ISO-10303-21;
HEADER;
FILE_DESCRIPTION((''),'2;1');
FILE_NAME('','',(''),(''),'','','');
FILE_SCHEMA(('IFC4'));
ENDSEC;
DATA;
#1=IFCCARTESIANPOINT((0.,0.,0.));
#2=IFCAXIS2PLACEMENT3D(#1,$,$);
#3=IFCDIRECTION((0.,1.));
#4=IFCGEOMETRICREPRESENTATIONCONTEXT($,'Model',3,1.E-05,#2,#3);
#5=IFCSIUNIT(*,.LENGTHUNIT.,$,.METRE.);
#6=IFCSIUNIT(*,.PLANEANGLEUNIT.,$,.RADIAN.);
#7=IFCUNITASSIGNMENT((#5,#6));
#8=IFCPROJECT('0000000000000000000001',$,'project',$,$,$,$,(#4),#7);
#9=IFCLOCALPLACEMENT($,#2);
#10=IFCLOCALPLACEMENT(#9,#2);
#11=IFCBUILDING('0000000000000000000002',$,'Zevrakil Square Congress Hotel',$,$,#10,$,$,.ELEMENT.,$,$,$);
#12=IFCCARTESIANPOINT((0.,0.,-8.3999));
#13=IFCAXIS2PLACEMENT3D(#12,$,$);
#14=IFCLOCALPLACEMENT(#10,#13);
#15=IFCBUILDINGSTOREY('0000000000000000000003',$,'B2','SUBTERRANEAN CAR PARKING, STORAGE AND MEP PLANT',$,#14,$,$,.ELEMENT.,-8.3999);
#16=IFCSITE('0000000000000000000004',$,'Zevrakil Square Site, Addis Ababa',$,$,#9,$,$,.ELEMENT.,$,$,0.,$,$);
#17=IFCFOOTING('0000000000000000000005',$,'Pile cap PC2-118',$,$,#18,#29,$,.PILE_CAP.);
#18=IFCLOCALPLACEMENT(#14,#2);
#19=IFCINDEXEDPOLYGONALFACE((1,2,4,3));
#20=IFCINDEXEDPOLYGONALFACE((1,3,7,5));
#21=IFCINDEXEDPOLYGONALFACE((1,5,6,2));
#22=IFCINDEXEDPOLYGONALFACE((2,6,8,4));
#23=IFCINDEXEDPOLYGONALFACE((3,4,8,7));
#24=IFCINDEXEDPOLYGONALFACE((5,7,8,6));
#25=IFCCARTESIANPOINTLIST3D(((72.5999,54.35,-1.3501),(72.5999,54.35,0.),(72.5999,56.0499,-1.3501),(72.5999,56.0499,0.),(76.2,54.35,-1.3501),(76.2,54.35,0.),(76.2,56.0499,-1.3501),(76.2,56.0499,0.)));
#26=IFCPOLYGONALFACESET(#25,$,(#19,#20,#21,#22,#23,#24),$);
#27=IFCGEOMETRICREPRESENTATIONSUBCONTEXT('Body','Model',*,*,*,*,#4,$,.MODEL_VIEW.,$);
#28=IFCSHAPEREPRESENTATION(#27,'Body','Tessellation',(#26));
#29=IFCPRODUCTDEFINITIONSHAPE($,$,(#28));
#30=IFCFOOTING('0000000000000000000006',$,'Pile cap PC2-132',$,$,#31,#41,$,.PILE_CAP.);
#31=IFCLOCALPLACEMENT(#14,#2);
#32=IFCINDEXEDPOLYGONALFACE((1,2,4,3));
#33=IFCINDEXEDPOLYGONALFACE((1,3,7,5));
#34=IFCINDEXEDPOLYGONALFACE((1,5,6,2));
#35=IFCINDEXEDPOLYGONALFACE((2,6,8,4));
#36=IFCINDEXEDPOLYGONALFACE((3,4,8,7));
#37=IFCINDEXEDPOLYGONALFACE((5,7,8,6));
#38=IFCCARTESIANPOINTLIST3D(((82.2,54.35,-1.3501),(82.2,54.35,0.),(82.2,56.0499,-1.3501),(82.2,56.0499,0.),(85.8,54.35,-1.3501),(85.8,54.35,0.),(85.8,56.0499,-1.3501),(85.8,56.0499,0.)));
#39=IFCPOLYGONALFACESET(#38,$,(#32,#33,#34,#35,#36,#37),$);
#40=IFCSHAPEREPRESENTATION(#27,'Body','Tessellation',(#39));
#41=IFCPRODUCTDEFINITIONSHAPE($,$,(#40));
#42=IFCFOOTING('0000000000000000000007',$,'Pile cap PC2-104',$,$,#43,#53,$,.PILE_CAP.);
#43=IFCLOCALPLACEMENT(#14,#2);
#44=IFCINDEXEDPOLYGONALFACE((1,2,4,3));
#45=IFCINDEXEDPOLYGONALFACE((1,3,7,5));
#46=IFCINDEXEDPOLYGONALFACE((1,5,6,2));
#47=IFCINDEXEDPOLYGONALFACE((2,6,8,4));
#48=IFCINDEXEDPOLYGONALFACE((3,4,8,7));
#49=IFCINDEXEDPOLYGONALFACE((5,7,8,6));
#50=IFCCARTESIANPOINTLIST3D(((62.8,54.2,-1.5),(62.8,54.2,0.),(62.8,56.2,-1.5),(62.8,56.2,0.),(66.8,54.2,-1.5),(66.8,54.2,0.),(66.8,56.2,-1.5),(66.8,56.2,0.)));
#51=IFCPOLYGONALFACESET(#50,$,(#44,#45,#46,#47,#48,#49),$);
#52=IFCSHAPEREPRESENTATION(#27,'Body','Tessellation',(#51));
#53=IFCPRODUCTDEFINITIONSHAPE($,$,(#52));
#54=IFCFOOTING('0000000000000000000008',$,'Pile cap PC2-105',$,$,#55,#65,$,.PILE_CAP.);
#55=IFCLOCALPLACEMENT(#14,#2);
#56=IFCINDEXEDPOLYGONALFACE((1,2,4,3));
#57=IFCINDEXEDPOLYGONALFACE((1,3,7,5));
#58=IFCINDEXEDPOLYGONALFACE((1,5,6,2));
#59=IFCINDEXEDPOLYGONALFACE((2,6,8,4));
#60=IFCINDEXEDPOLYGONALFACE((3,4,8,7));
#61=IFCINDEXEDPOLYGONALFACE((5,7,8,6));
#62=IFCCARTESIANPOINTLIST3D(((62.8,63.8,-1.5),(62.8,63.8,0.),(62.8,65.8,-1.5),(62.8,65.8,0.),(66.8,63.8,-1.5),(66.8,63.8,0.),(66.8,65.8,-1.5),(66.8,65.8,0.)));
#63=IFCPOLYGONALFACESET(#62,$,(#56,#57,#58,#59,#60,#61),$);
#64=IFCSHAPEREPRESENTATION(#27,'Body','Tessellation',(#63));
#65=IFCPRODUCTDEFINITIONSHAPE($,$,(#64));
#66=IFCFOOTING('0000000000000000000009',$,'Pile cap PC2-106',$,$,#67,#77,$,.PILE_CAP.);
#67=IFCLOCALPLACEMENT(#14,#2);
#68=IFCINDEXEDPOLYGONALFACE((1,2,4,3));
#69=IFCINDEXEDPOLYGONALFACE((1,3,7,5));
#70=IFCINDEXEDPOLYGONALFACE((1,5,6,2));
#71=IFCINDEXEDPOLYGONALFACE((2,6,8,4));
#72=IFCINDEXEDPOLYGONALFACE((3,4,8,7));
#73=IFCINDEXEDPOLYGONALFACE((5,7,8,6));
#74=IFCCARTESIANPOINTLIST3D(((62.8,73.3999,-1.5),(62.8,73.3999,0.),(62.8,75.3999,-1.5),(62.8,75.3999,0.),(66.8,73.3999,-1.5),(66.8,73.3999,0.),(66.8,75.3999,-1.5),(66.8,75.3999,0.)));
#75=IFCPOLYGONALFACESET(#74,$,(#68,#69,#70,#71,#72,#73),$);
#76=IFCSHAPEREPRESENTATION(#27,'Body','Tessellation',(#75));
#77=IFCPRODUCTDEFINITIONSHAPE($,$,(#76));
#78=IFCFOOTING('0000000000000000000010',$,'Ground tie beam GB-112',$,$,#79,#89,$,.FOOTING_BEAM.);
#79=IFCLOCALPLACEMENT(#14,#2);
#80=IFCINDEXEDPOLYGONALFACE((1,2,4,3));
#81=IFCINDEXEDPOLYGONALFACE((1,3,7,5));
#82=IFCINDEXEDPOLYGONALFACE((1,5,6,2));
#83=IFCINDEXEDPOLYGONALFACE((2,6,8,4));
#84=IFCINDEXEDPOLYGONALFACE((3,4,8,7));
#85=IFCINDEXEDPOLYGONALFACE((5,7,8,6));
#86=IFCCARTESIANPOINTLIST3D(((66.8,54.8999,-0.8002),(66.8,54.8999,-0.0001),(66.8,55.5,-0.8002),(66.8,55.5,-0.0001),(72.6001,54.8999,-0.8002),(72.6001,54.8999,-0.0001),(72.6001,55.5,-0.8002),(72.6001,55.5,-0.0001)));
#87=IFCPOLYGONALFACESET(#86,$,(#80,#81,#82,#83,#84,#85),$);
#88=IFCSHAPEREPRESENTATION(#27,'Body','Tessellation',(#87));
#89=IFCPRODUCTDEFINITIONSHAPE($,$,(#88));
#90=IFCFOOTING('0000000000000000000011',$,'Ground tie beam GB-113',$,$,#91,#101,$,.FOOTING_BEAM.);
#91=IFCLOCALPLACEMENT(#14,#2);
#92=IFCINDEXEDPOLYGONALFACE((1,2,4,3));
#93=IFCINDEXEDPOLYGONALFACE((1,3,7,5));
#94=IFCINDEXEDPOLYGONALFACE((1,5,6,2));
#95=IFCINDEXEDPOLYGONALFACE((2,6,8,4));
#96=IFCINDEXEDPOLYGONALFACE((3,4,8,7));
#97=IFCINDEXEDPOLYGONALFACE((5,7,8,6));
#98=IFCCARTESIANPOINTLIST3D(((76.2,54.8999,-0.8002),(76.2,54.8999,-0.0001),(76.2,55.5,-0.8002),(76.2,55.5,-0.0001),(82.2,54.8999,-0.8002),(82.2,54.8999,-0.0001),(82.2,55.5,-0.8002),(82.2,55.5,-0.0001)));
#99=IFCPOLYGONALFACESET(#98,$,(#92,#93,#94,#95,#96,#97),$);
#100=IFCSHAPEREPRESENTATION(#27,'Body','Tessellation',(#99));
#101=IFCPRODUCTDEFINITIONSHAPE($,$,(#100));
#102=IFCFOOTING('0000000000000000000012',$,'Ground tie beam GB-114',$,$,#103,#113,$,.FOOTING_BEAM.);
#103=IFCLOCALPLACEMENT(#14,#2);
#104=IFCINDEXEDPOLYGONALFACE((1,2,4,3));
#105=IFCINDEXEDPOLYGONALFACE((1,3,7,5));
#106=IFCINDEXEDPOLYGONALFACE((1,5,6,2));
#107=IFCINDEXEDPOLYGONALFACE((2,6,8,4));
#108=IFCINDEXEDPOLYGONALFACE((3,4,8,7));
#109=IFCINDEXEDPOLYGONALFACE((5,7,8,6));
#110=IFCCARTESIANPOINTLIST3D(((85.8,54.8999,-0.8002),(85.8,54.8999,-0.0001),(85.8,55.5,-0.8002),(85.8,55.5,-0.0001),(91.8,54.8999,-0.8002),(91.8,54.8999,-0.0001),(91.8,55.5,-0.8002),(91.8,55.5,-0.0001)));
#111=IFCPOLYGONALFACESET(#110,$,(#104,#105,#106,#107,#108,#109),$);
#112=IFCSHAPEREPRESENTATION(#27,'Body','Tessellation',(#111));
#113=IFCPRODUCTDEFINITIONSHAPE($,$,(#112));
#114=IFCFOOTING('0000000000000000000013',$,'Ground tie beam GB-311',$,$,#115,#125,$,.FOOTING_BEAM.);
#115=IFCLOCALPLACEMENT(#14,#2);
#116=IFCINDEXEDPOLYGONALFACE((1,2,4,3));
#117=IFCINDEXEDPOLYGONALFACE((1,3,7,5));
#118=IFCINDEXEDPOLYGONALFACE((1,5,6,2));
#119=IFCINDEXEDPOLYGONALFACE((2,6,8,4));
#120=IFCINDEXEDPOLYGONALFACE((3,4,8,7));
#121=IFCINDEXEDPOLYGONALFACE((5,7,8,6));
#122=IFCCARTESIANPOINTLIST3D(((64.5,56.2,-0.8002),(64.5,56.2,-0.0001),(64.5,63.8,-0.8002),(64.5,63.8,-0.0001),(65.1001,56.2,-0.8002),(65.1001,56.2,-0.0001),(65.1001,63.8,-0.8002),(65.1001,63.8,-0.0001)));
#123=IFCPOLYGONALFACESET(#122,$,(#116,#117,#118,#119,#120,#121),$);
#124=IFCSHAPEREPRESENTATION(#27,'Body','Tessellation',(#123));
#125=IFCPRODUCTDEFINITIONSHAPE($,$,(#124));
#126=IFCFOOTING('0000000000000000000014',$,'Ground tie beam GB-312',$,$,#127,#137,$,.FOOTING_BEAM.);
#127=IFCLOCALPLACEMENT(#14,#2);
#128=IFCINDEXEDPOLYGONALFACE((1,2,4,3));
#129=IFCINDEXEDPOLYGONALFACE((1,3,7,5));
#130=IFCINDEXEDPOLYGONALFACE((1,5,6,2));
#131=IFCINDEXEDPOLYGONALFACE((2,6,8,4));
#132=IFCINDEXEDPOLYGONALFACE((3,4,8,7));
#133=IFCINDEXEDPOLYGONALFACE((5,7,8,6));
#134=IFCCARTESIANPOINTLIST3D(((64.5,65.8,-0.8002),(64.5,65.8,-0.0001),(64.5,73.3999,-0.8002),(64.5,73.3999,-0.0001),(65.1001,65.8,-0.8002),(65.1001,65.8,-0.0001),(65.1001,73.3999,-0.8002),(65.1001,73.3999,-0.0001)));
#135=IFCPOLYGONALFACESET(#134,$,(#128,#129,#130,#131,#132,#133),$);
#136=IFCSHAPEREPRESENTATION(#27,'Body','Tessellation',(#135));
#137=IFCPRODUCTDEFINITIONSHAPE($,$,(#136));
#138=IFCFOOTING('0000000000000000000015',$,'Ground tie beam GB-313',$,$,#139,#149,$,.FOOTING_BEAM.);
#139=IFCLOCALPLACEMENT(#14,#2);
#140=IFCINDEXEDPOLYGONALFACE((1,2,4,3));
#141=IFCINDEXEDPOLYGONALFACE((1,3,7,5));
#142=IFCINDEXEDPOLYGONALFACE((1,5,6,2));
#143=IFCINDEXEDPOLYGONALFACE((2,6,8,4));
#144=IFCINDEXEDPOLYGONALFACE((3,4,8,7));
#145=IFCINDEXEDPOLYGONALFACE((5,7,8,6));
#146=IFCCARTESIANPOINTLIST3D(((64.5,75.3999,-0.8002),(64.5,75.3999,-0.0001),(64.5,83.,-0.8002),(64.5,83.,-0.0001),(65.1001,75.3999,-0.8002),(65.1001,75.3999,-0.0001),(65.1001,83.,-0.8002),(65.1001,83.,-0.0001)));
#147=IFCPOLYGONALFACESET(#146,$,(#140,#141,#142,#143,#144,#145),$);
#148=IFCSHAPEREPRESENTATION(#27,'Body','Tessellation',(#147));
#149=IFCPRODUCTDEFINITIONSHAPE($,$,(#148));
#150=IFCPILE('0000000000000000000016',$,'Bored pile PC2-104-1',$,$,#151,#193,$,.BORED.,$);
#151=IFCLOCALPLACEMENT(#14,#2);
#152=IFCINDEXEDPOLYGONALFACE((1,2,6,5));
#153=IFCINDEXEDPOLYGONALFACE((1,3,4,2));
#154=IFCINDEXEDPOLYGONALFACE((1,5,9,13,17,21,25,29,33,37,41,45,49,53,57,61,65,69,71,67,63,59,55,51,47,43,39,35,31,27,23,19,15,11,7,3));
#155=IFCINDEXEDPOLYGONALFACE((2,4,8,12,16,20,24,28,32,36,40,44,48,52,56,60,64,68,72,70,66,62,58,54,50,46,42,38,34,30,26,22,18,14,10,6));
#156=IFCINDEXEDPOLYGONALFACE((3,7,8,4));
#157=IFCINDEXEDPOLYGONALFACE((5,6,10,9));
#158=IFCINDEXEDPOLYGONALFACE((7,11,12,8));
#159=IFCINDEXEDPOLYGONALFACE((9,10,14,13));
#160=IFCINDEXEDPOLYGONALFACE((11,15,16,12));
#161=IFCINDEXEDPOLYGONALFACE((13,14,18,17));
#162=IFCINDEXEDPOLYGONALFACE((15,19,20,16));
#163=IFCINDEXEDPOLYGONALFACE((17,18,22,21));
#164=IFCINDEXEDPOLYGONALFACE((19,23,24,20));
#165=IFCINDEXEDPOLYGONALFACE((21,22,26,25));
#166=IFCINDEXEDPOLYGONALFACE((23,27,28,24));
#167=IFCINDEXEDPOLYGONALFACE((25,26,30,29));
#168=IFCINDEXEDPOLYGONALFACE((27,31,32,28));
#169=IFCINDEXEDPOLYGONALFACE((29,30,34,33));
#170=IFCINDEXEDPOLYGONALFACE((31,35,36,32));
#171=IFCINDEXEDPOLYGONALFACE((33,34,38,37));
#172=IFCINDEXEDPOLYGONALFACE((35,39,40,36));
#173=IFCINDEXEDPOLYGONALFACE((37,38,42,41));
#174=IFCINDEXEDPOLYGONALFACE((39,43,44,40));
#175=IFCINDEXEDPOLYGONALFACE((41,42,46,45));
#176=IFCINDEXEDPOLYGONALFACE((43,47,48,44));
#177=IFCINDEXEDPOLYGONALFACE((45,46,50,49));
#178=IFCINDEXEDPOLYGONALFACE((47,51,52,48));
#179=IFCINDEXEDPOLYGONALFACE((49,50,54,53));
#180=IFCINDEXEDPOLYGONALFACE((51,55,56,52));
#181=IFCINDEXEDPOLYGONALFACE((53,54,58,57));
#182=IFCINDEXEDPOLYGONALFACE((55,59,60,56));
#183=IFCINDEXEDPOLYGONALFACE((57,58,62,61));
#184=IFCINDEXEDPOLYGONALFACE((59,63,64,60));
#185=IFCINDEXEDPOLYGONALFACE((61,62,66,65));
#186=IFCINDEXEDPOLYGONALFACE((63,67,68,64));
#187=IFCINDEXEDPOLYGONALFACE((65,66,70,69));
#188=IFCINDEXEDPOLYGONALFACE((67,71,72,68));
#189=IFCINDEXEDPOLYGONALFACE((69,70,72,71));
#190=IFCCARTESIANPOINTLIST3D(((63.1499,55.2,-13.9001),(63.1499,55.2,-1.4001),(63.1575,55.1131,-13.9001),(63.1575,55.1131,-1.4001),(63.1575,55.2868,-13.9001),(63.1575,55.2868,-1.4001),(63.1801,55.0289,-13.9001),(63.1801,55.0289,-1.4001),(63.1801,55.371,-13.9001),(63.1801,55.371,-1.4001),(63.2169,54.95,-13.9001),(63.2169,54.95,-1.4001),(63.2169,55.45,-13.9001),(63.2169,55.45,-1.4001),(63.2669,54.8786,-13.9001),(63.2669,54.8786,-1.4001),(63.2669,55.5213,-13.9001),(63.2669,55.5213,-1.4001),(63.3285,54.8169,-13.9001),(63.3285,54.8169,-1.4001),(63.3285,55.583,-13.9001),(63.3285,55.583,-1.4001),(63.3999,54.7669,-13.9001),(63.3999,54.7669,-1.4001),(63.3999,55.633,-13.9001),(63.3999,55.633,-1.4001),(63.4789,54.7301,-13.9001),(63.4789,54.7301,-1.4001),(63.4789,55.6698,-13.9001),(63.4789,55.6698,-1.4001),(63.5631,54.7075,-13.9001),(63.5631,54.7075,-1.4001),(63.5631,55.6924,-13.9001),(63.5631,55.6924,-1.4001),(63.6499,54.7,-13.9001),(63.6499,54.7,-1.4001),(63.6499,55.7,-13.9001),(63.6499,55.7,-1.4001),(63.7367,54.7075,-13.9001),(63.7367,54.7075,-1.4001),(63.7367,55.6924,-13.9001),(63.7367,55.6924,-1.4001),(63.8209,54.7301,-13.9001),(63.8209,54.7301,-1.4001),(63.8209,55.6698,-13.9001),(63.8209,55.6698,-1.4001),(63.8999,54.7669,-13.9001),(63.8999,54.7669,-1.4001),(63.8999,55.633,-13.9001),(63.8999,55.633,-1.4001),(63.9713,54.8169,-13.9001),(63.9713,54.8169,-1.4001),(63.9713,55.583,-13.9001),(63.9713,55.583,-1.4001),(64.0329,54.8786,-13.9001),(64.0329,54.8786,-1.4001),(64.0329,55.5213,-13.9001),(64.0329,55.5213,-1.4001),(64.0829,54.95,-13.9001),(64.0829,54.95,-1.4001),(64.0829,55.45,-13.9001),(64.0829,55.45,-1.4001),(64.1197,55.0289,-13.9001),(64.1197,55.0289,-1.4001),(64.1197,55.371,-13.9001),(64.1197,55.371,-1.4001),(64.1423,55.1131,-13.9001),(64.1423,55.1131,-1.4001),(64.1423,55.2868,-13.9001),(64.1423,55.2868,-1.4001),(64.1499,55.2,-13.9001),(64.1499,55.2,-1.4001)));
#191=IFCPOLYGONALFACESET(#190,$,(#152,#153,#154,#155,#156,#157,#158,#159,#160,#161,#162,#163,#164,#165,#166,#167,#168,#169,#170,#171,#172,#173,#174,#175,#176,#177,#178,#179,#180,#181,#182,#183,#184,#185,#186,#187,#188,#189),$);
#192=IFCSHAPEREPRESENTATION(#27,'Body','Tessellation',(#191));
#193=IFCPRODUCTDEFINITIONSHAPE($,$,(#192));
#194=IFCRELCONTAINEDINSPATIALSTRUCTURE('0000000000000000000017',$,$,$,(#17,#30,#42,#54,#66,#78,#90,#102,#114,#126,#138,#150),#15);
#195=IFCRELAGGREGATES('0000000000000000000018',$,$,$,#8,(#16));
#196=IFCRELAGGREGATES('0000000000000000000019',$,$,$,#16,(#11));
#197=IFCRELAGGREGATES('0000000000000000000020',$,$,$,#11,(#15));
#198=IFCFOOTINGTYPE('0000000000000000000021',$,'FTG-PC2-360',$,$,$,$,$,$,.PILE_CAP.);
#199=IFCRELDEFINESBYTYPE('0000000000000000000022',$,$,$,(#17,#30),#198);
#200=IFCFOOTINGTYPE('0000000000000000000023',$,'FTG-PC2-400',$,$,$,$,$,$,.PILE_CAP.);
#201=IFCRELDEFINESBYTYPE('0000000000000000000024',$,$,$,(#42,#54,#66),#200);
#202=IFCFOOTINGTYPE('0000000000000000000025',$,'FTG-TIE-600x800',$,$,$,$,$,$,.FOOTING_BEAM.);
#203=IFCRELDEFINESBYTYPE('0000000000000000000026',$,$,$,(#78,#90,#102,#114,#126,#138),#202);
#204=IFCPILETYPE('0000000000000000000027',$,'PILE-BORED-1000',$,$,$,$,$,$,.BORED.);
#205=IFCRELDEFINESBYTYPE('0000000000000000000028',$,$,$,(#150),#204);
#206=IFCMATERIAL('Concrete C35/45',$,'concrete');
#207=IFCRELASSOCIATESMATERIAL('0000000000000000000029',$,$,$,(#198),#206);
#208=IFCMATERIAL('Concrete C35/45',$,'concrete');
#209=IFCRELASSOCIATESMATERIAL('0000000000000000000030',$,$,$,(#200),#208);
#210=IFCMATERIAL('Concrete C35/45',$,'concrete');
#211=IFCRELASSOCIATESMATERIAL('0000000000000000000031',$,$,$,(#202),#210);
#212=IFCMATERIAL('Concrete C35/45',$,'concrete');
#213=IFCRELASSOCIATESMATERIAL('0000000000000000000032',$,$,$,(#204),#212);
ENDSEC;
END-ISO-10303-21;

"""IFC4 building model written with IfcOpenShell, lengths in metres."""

from ifc_helpers import new_model, si_unit, direction, frame, origin, origin_2d, place, context, subcontext, project, spatial, rectangle, circle, extrude, material, material_profile, profile_set, type_object, element, save


model = new_model("IFC4")

# Units and contexts
model_context = context("Model", 3, precision=1e-05, world=origin(), true_north=direction((0.0, 1.0)))
body_context = subcontext(model_context, "Body", "Model", "MODEL_VIEW")
ifc_project = project(units=[si_unit("LENGTHUNIT", "METRE"), si_unit("PLANEANGLEUNIT", "RADIAN")], contexts=[model_context])

# Site, building, storey
site_placement = place(None, origin())
site = spatial("IfcSite", under=ifc_project, at=site_placement, Name="Zevrakil Square Site, Addis Ababa", CompositionType="ELEMENT", RefElevation=0.0)
building_placement = place(site_placement, origin())
building = spatial("IfcBuilding", under=site, at=building_placement, Name="Zevrakil Square Congress Hotel", CompositionType="ELEMENT")
storey_placement = place(building_placement, frame((0.0, 0.0, -8.3999)))
storey = spatial("IfcBuildingStorey", under=building, at=storey_placement, Name="B2", Description="SUBTERRANEAN CAR PARKING, STORAGE AND MEP PLANT", CompositionType="ELEMENT", Elevation=-8.3999)

# Footings
ifc_material_1 = material(Name="Concrete C35/45", Category="concrete")
footing_type_1 = type_object("IfcFootingType", Name="FTG-PC2-360", PredefinedType="PILE_CAP", material=ifc_material_1)
for number, where, z_axis, x_axis, name in (
    (1, (74.3999, 55.2, -1.3501), (0.0, 0.0, 1.0), (1.0, 0.0, 0.0), "Pile cap PC2-118"),
    (2, (84.0, 55.2, -1.3501), (0.0, 0.0, 1.0), (1.0, 0.0, 0.0), "Pile cap PC2-132"),
):
    element("IfcFooting", number, at=place(storey_placement, frame(where, z_axis=z_axis, x_axis=x_axis)), inside=storey, type_object=footing_type_1, Name=name, PredefinedType="PILE_CAP", context=body_context, shape_type="SweptSolid", body=[
        extrude(rectangle(XDim=3.6001, YDim=1.7, at=origin_2d()), origin(), (0.0, 0.0, 1.0), 1.3501),
    ])
ifc_material_2 = material(Name="Concrete C35/45", Category="concrete")
footing_type_2 = type_object("IfcFootingType", Name="FTG-PC2-400", PredefinedType="PILE_CAP", material=ifc_material_2)
for number, where, z_axis, x_axis, name in (
    (3, (64.8, 55.2, -1.5), (0.0, 0.0, 1.0), (1.0, 0.0, 0.0), "Pile cap PC2-104"),
    (4, (64.8, 64.8, -1.5), (0.0, 0.0, 1.0), (1.0, 0.0, 0.0), "Pile cap PC2-105"),
    (5, (64.8, 74.3999, -1.5), (0.0, 0.0, 1.0), (1.0, 0.0, 0.0), "Pile cap PC2-106"),
):
    element("IfcFooting", number, at=place(storey_placement, frame(where, z_axis=z_axis, x_axis=x_axis)), inside=storey, type_object=footing_type_2, Name=name, PredefinedType="PILE_CAP", context=body_context, shape_type="SweptSolid", body=[
        extrude(rectangle(XDim=4.0, YDim=2.0, at=origin_2d()), origin(), (0.0, 0.0, 1.0), 1.5),
    ])
ifc_material_3 = material(Name="Concrete C35/45", Category="concrete")
ifc_material_profile_1 = material_profile(ifc_material_3, rectangle(XDim=0.6001, YDim=0.8, at=origin_2d()), Name="RC 600x800")
ifc_profile_set_1 = profile_set([ifc_material_profile_1], Name="Concrete C35/45")
footing_type_3 = type_object("IfcFootingType", Name="FTG-TIE-600x800", PredefinedType="FOOTING_BEAM", material=ifc_profile_set_1)
footing_1_placement = place(storey_placement, frame((66.8, 55.2, -0.4001), z_axis=(1.0, 0.0, 0.0), x_axis=(0.0, 1.0, 0.0)))
element("IfcFooting", 6, at=footing_1_placement, inside=storey, type_object=footing_type_3, Name="Ground tie beam GB-112", PredefinedType="FOOTING_BEAM", context=body_context, shape_type="SweptSolid", body=[
    extrude(rectangle(XDim=0.6001, YDim=0.8, at=origin_2d()), origin(), (0.0, 0.0, 1.0), 5.8),
])
for number, where, z_axis, x_axis, name in (
    (7, (76.2, 55.2, -0.4001), (1.0, 0.0, 0.0), (0.0, 1.0, 0.0), "Ground tie beam GB-113"),
    (8, (85.8, 55.2, -0.4001), (1.0, 0.0, 0.0), (0.0, 1.0, 0.0), "Ground tie beam GB-114"),
):
    element("IfcFooting", number, at=place(storey_placement, frame(where, z_axis=z_axis, x_axis=x_axis)), inside=storey, type_object=footing_type_3, Name=name, PredefinedType="FOOTING_BEAM", context=body_context, shape_type="SweptSolid", body=[
        extrude(rectangle(XDim=0.6001, YDim=0.8, at=origin_2d()), origin(), (0.0, 0.0, 1.0), 6.0),
    ])
footing_2_placement = place(storey_placement, frame((64.8, 56.2, -0.4001), z_axis=(0.0, 1.0, 0.0), x_axis=(-1.0, 0.0, 0.0)))
element("IfcFooting", 9, at=footing_2_placement, inside=storey, type_object=footing_type_3, Name="Ground tie beam GB-311", PredefinedType="FOOTING_BEAM", context=body_context, shape_type="SweptSolid", body=[
    extrude(rectangle(XDim=0.6001, YDim=0.8, at=origin_2d()), origin(), (0.0, 0.0, 1.0), 7.6001),
])
footing_3_placement = place(storey_placement, frame((64.8, 65.8, -0.4001), z_axis=(0.0, 1.0, 0.0), x_axis=(-1.0, 0.0, 0.0)))
element("IfcFooting", 10, at=footing_3_placement, inside=storey, type_object=footing_type_3, Name="Ground tie beam GB-312", PredefinedType="FOOTING_BEAM", context=body_context, shape_type="SweptSolid", body=[
    extrude(rectangle(XDim=0.6001, YDim=0.8, at=origin_2d()), origin(), (0.0, 0.0, 1.0), 7.5999),
])
footing_4_placement = place(storey_placement, frame((64.8, 75.3999, -0.4001), z_axis=(0.0, 1.0, 0.0), x_axis=(-1.0, 0.0, 0.0)))
element("IfcFooting", 11, at=footing_4_placement, inside=storey, type_object=footing_type_3, Name="Ground tie beam GB-313", PredefinedType="FOOTING_BEAM", context=body_context, shape_type="SweptSolid", body=[
    extrude(rectangle(XDim=0.6001, YDim=0.8, at=origin_2d()), origin(), (0.0, 0.0, 1.0), 7.6001),
])

# Pile
ifc_material_4 = material(Name="Concrete C35/45", Category="concrete")
ifc_material_profile_2 = material_profile(ifc_material_4, circle(Radius=0.5, at=origin_2d()), Name="PILE D1000")
ifc_profile_set_2 = profile_set([ifc_material_profile_2], Name="Concrete C35/45")
pile_type = type_object("IfcPileType", Name="PILE-BORED-1000", PredefinedType="BORED", material=ifc_profile_set_2)
for number, where, z_axis, x_axis, name in (
    (12, (63.6499, 55.2, -1.4001), (0.0, 0.0, -1.0), (1.0, 0.0, 0.0), "Bored pile PC2-104-1"),
):
    element("IfcPile", number, at=place(storey_placement, frame(where, z_axis=z_axis, x_axis=x_axis)), inside=storey, type_object=pile_type, Name=name, PredefinedType="BORED", context=body_context, shape_type="SweptSolid", body=[
        extrude(circle(Radius=0.5, at=origin_2d()), origin(), (0.0, 0.0, 1.0), 12.5),
    ])

save(model, "model.ifc")
